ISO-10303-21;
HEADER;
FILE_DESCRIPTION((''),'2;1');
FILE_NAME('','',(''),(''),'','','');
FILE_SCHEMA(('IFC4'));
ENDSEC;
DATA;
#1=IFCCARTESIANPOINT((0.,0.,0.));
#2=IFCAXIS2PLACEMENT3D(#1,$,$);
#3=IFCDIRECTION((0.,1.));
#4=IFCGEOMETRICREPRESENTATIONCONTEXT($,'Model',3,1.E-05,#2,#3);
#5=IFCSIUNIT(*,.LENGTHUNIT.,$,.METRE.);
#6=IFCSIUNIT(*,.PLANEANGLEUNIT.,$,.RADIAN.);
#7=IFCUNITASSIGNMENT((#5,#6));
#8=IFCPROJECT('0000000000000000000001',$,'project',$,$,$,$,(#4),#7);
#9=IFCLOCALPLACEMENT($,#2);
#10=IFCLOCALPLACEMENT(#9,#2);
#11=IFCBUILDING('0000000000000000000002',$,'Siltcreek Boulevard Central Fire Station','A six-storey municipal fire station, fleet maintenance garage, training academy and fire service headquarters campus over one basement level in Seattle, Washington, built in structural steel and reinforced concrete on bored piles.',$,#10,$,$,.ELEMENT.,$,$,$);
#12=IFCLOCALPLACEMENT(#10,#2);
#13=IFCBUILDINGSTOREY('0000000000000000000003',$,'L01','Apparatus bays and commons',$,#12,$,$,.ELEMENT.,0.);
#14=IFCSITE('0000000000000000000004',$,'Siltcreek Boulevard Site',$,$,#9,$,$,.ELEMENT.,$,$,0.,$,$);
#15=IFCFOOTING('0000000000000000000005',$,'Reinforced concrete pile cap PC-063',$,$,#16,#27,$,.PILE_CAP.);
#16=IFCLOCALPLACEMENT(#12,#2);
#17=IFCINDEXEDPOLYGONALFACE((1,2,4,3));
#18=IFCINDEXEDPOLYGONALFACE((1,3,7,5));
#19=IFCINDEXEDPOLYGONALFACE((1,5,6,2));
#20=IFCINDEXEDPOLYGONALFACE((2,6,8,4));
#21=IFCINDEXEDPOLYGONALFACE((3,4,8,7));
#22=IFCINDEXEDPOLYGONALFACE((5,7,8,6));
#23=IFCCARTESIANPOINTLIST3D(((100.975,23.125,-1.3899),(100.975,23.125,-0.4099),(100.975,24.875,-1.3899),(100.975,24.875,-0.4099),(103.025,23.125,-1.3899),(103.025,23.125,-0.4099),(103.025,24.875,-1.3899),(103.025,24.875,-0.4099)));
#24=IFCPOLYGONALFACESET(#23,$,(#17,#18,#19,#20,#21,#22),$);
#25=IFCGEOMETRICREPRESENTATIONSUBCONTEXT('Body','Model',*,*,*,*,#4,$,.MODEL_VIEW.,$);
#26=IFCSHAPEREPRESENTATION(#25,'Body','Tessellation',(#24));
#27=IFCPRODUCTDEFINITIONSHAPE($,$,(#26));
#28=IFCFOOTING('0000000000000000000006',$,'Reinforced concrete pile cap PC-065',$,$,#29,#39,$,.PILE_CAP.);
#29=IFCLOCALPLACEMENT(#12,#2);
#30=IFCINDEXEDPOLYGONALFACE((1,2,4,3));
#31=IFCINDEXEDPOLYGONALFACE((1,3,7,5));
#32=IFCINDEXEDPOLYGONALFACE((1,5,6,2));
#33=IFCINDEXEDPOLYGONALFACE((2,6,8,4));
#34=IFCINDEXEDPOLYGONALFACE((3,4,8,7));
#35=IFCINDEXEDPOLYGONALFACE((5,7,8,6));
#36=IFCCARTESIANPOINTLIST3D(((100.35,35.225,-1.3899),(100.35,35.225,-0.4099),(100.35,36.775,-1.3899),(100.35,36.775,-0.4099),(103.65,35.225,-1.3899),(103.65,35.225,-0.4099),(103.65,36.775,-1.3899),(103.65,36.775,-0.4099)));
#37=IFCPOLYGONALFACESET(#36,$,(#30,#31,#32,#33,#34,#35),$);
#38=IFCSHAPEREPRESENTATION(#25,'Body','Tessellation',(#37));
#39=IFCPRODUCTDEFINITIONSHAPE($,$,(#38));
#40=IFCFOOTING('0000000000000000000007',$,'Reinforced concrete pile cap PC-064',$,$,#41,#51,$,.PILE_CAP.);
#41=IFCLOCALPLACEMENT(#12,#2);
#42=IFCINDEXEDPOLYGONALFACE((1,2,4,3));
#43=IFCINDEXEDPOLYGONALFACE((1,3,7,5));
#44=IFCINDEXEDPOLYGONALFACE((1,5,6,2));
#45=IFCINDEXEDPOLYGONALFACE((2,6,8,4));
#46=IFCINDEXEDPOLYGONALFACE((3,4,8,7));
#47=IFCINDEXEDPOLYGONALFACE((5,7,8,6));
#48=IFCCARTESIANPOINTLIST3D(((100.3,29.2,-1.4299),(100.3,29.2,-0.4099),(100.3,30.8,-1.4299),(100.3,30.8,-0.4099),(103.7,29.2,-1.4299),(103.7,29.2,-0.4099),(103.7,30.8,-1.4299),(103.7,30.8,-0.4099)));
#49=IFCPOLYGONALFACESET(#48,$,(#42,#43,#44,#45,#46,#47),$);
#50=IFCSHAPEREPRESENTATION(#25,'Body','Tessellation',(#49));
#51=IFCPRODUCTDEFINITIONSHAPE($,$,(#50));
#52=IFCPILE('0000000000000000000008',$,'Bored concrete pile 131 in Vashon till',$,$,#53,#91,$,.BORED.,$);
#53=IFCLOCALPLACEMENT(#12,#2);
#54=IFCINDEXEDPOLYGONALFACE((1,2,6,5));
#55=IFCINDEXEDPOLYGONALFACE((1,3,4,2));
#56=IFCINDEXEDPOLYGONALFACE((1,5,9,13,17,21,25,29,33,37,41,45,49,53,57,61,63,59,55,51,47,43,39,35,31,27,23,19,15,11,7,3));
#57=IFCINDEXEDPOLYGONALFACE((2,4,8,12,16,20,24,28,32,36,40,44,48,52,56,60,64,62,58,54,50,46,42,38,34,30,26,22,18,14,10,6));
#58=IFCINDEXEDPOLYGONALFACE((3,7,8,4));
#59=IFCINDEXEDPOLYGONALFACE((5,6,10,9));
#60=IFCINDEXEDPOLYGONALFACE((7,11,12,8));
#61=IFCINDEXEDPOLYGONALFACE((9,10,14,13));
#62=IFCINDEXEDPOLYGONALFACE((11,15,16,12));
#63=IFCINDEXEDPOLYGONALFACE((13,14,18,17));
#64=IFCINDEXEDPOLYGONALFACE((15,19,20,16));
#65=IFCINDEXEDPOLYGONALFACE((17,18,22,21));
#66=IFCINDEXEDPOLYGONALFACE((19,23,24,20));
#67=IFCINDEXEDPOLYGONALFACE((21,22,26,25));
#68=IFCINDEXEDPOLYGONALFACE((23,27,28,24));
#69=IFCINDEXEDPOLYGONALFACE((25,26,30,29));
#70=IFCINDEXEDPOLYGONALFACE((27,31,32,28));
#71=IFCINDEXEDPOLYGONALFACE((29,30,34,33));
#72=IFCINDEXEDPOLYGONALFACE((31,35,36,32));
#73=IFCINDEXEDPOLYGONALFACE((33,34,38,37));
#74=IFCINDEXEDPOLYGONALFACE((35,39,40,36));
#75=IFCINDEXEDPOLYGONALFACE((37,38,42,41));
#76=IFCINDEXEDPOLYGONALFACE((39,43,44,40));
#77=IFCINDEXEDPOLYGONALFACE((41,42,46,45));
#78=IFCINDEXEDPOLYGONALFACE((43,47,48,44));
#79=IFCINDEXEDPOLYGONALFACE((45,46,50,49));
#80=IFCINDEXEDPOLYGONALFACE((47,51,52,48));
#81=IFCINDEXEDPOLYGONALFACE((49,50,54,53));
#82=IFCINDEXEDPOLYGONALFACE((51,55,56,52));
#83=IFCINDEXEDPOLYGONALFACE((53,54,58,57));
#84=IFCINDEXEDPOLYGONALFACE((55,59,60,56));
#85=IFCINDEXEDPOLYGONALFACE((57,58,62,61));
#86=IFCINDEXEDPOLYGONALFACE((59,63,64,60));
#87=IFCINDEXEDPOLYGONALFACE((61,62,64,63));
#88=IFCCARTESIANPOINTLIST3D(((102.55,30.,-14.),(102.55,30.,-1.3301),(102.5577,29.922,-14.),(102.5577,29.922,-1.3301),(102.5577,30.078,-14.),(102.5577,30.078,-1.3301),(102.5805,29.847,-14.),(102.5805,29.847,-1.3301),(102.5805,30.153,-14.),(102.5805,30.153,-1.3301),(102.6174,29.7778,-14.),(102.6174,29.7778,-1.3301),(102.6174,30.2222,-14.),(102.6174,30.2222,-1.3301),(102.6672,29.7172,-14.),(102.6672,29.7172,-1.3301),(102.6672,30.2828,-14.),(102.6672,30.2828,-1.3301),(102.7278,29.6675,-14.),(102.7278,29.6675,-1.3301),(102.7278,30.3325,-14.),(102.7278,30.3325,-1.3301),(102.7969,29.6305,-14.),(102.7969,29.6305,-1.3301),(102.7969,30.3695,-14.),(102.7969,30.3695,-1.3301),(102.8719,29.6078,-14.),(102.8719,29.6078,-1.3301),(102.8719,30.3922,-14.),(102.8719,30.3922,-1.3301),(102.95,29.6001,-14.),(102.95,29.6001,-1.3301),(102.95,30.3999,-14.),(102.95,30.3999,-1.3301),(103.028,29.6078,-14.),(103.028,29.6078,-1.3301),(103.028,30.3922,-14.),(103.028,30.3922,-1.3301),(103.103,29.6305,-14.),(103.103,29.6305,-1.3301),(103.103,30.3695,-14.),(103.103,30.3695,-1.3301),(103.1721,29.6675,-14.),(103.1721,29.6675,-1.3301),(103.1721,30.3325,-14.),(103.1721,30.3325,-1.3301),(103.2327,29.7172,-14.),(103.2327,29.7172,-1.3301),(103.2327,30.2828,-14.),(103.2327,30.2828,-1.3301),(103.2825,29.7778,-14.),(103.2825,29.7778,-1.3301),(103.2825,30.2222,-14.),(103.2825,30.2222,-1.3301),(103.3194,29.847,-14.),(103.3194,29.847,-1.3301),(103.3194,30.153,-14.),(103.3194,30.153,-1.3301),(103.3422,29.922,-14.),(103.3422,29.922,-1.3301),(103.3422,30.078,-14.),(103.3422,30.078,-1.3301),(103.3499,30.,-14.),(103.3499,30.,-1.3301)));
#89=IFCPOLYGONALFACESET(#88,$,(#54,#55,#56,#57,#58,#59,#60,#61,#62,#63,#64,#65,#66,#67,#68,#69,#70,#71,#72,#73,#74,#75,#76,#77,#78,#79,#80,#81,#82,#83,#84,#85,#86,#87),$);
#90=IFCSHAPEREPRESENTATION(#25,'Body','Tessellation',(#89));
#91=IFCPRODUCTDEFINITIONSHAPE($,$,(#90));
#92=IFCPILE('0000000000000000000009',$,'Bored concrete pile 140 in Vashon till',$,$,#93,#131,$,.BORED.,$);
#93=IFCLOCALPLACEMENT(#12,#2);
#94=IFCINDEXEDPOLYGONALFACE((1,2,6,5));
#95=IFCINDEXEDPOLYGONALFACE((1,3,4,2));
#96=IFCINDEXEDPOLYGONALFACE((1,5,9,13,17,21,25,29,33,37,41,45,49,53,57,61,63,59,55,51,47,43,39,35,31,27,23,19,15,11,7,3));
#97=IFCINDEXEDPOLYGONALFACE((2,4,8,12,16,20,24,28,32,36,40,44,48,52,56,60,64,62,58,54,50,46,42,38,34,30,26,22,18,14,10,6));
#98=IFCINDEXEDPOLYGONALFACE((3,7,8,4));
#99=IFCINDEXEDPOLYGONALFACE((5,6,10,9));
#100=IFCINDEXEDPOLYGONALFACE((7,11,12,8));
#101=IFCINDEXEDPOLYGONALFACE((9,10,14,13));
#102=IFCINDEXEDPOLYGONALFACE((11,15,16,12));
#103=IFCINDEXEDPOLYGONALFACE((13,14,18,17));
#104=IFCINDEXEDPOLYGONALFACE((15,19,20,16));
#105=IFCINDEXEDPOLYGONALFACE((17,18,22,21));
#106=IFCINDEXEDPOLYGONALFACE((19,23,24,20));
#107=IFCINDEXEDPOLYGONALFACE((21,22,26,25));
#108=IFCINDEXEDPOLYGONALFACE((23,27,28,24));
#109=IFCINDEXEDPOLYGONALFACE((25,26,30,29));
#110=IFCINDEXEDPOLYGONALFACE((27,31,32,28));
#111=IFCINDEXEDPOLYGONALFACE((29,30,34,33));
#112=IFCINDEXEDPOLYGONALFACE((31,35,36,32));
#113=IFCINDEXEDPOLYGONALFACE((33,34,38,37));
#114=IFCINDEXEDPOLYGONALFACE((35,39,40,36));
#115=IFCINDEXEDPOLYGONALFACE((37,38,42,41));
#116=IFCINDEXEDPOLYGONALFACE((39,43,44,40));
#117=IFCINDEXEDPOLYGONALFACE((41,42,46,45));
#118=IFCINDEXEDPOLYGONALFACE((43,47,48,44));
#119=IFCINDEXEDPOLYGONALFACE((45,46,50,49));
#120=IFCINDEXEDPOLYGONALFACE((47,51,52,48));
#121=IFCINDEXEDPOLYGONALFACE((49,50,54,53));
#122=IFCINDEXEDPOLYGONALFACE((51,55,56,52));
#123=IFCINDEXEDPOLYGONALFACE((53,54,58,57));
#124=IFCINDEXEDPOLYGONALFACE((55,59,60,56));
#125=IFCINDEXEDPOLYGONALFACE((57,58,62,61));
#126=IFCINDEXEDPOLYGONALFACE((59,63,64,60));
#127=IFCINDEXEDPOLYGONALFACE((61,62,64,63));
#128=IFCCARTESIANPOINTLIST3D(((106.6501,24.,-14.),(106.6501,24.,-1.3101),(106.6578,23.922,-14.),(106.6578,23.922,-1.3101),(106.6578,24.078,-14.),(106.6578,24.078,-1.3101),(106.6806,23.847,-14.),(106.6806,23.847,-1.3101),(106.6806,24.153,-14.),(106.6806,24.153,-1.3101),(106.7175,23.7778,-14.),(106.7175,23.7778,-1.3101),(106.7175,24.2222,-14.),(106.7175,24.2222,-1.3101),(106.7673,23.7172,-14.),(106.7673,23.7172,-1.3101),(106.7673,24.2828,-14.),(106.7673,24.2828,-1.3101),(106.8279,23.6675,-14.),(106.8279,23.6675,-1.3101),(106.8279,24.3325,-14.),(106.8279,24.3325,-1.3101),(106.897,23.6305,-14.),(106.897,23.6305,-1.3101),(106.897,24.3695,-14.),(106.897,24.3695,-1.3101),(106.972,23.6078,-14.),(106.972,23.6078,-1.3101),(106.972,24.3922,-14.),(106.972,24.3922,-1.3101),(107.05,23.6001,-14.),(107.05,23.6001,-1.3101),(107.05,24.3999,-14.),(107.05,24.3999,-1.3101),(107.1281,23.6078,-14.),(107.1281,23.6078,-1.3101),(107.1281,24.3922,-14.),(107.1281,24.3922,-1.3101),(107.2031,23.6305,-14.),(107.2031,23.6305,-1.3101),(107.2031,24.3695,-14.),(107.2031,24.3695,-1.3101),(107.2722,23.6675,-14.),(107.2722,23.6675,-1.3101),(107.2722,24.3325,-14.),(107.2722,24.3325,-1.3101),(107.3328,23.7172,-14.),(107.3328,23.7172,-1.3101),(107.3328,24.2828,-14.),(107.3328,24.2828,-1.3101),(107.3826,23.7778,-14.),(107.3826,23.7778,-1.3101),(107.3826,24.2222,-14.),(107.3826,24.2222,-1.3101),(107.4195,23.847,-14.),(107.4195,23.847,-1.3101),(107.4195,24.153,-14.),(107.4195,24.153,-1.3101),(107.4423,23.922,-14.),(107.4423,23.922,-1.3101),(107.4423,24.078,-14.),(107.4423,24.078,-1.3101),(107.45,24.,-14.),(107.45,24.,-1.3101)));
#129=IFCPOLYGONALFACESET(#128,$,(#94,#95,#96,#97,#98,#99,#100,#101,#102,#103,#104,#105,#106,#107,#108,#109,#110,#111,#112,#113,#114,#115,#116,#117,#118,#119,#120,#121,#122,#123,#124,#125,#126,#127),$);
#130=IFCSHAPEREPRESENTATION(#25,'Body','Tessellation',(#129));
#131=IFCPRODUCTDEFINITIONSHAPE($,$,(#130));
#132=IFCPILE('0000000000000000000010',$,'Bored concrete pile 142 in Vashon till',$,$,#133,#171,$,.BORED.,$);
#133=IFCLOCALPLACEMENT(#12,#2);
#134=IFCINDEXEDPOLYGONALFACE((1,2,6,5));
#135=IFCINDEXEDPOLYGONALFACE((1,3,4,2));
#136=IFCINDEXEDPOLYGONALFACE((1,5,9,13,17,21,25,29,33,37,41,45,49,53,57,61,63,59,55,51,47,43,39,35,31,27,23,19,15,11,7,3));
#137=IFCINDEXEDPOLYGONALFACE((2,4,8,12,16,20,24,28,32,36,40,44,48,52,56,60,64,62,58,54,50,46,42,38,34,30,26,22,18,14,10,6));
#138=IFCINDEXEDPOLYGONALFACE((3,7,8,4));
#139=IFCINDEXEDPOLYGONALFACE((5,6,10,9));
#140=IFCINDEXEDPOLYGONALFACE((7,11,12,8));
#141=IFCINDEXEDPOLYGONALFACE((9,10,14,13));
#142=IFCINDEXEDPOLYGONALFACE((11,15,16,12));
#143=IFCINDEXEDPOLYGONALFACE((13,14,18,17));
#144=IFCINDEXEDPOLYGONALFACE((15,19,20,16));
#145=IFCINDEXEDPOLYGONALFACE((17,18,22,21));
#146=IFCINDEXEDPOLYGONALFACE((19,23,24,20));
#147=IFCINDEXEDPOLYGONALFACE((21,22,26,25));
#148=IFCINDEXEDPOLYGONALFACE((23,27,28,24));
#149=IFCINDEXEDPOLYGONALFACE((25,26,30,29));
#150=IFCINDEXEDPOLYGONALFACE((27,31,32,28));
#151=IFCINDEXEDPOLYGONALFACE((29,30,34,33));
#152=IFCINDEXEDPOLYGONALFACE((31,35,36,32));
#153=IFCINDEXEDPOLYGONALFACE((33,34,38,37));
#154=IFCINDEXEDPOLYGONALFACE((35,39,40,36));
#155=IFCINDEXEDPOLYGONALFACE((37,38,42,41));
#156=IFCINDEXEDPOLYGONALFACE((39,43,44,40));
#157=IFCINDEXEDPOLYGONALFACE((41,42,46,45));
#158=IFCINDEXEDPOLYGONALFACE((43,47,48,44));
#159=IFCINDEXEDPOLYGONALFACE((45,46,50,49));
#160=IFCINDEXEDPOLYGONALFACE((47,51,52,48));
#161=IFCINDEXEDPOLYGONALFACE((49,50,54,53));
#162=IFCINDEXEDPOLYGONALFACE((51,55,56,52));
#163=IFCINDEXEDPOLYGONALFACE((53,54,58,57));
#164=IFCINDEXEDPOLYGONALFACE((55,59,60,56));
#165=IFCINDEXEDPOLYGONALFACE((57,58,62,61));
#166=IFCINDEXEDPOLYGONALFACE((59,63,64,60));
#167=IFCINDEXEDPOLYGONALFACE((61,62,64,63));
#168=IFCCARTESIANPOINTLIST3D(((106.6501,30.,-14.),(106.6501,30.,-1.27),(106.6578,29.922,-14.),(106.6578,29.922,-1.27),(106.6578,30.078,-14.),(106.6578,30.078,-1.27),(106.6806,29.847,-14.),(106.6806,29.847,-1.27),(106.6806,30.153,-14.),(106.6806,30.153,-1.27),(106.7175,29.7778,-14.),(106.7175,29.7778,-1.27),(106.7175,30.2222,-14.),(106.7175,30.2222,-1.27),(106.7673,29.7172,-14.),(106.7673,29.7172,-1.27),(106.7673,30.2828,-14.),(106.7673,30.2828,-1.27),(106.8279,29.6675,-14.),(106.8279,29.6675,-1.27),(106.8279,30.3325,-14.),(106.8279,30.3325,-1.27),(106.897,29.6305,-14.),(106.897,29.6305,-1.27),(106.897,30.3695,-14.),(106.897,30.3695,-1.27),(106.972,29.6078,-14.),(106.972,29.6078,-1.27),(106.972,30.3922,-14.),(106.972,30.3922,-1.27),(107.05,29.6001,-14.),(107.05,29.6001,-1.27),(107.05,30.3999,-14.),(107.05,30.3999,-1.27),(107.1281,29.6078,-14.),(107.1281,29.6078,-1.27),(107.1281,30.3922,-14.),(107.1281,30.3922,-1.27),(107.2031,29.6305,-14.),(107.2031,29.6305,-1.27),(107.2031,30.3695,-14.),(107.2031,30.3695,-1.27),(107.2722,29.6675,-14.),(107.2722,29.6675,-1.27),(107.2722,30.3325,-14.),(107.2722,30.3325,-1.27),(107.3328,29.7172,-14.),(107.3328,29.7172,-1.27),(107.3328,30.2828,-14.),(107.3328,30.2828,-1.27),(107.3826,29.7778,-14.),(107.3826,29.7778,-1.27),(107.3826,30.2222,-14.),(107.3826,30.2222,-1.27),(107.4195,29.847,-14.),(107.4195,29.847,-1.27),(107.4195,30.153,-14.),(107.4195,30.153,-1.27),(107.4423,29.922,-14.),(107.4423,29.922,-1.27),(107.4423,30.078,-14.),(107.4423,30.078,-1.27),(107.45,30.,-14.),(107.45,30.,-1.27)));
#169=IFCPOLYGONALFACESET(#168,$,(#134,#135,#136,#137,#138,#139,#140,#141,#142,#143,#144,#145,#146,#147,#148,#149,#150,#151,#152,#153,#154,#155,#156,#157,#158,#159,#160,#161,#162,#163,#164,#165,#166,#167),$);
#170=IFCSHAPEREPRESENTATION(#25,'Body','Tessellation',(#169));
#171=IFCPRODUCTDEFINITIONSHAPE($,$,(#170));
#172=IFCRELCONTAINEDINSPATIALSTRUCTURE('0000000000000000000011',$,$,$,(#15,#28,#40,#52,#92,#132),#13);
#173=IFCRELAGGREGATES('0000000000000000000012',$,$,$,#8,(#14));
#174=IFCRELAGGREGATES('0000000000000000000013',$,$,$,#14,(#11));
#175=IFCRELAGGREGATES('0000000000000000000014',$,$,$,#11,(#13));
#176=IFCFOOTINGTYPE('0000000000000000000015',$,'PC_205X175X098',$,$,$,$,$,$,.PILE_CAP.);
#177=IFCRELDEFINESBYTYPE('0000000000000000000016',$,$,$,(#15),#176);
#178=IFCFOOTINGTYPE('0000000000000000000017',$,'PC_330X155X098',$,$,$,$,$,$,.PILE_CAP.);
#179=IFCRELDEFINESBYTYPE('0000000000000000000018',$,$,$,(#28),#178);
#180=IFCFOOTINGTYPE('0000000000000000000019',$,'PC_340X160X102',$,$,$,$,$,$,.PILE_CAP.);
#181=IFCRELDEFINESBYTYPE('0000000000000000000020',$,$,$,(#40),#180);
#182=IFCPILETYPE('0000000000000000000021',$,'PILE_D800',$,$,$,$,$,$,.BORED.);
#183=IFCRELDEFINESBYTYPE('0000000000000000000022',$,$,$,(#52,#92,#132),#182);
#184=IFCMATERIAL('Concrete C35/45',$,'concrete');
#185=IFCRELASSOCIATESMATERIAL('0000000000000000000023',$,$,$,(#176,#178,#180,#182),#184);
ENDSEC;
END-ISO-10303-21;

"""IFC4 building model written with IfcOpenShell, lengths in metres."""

from ifc_helpers import new_model, si_unit, direction, frame, origin, origin_2d, place, context, subcontext, project, spatial, rectangle, circle, extrude, material, material_profile, profile_set, type_object, element, save


model = new_model("IFC4")

# Units and contexts
model_context = context("Model", 3, precision=1e-05, world=origin(), true_north=direction((0.0, 1.0)))
body_context = subcontext(model_context, "Body", "Model", "MODEL_VIEW")
ifc_project = project(units=[si_unit("LENGTHUNIT", "METRE"), si_unit("PLANEANGLEUNIT", "RADIAN")], contexts=[model_context])

# Site, building, storey
site_placement = place(None, origin())
site = spatial("IfcSite", under=ifc_project, at=site_placement, Name="Siltcreek Boulevard Site", CompositionType="ELEMENT", RefElevation=0.0)
building_placement = place(site_placement, origin())
building = spatial("IfcBuilding", under=site, at=building_placement, Name="Siltcreek Boulevard Central Fire Station", Description="A six-storey municipal fire station, fleet maintenance garage, training academy and fire service headquarters campus over one basement level in Seattle, Washington, built in structural steel and reinforced concrete on bored piles.", CompositionType="ELEMENT")
storey_placement = place(building_placement, origin())
storey = spatial("IfcBuildingStorey", under=building, at=storey_placement, Name="L01", Description="Apparatus bays and commons", CompositionType="ELEMENT", Elevation=0.0)

# Footings
ifc_material_1 = material(Name="Concrete C35/45", Category="concrete")
footing_type_1 = type_object("IfcFootingType", Name="PC_205X175X098", PredefinedType="PILE_CAP", material=ifc_material_1)
footing_1_placement = place(storey_placement, frame((102.0, 24.0, -1.3899), z_axis=(0.0, 0.0, 1.0), x_axis=(1.0, 0.0, 0.0)))
element("IfcFooting", 1, at=footing_1_placement, inside=storey, type_object=footing_type_1, Name="Reinforced concrete pile cap PC-063", PredefinedType="PILE_CAP", context=body_context, shape_type="SweptSolid", body=[
    extrude(rectangle(XDim=2.05, YDim=1.75, at=origin_2d()), origin(), (0.0, 0.0, 1.0), 0.98),
])
footing_type_2 = type_object("IfcFootingType", Name="PC_330X155X098", PredefinedType="PILE_CAP", material=ifc_material_1)
footing_2_placement = place(storey_placement, frame((102.0, 36.0, -1.3899), z_axis=(0.0, 0.0, 1.0), x_axis=(1.0, 0.0, 0.0)))
element("IfcFooting", 2, at=footing_2_placement, inside=storey, type_object=footing_type_2, Name="Reinforced concrete pile cap PC-065", PredefinedType="PILE_CAP", context=body_context, shape_type="SweptSolid", body=[
    extrude(rectangle(XDim=3.3, YDim=1.55, at=origin_2d()), origin(), (0.0, 0.0, 1.0), 0.98),
])
footing_type_3 = type_object("IfcFootingType", Name="PC_340X160X102", PredefinedType="PILE_CAP", material=ifc_material_1)
footing_3_placement = place(storey_placement, frame((102.0, 30.0, -1.4299), z_axis=(0.0, 0.0, 1.0), x_axis=(1.0, 0.0, 0.0)))
element("IfcFooting", 3, at=footing_3_placement, inside=storey, type_object=footing_type_3, Name="Reinforced concrete pile cap PC-064", PredefinedType="PILE_CAP", context=body_context, shape_type="SweptSolid", body=[
    extrude(rectangle(XDim=3.3999, YDim=1.6001, at=origin_2d()), origin(), (0.0, 0.0, 1.0), 1.02),
])

# Piles
ifc_material_profile_1 = material_profile(ifc_material_1, circle(Radius=0.3999, at=origin_2d()), Name="SHAFT800")
ifc_profile_set_1 = profile_set([ifc_material_profile_1], Name="Concrete C35/45")
pile_type_1 = type_object("IfcPileType", Name="PILE_D800", PredefinedType="BORED", material=ifc_profile_set_1)
pile_1_placement = place(storey_placement, frame((102.95, 30.0, -1.3301), z_axis=(0.0, 0.0, -1.0), x_axis=(1.0, 0.0, 0.0)))
element("IfcPile", 4, at=pile_1_placement, inside=storey, type_object=pile_type_1, Name="Bored concrete pile 131 in Vashon till", PredefinedType="BORED", context=body_context, shape_type="SweptSolid", body=[
    extrude(circle(Radius=0.3999, at=origin_2d()), origin(), (0.0, 0.0, 1.0), 12.6699),
])
pile_2_placement = place(storey_placement, frame((107.05, 24.0, -1.3101), z_axis=(0.0, 0.0, -1.0), x_axis=(1.0, 0.0, 0.0)))
element("IfcPile", 5, at=pile_2_placement, inside=storey, type_object=pile_type_1, Name="Bored concrete pile 140 in Vashon till", PredefinedType="BORED", context=body_context, shape_type="SweptSolid", body=[
    extrude(circle(Radius=0.3999, at=origin_2d()), origin(), (0.0, 0.0, 1.0), 12.6899),
])
pile_3_placement = place(storey_placement, frame((107.05, 30.0, -1.27), z_axis=(0.0, 0.0, -1.0), x_axis=(1.0, 0.0, 0.0)))
element("IfcPile", 6, at=pile_3_placement, inside=storey, type_object=pile_type_1, Name="Bored concrete pile 142 in Vashon till", PredefinedType="BORED", context=body_context, shape_type="SweptSolid", body=[
    extrude(circle(Radius=0.3999, at=origin_2d()), origin(), (0.0, 0.0, 1.0), 12.73),
])

save(model, "model.ifc")
